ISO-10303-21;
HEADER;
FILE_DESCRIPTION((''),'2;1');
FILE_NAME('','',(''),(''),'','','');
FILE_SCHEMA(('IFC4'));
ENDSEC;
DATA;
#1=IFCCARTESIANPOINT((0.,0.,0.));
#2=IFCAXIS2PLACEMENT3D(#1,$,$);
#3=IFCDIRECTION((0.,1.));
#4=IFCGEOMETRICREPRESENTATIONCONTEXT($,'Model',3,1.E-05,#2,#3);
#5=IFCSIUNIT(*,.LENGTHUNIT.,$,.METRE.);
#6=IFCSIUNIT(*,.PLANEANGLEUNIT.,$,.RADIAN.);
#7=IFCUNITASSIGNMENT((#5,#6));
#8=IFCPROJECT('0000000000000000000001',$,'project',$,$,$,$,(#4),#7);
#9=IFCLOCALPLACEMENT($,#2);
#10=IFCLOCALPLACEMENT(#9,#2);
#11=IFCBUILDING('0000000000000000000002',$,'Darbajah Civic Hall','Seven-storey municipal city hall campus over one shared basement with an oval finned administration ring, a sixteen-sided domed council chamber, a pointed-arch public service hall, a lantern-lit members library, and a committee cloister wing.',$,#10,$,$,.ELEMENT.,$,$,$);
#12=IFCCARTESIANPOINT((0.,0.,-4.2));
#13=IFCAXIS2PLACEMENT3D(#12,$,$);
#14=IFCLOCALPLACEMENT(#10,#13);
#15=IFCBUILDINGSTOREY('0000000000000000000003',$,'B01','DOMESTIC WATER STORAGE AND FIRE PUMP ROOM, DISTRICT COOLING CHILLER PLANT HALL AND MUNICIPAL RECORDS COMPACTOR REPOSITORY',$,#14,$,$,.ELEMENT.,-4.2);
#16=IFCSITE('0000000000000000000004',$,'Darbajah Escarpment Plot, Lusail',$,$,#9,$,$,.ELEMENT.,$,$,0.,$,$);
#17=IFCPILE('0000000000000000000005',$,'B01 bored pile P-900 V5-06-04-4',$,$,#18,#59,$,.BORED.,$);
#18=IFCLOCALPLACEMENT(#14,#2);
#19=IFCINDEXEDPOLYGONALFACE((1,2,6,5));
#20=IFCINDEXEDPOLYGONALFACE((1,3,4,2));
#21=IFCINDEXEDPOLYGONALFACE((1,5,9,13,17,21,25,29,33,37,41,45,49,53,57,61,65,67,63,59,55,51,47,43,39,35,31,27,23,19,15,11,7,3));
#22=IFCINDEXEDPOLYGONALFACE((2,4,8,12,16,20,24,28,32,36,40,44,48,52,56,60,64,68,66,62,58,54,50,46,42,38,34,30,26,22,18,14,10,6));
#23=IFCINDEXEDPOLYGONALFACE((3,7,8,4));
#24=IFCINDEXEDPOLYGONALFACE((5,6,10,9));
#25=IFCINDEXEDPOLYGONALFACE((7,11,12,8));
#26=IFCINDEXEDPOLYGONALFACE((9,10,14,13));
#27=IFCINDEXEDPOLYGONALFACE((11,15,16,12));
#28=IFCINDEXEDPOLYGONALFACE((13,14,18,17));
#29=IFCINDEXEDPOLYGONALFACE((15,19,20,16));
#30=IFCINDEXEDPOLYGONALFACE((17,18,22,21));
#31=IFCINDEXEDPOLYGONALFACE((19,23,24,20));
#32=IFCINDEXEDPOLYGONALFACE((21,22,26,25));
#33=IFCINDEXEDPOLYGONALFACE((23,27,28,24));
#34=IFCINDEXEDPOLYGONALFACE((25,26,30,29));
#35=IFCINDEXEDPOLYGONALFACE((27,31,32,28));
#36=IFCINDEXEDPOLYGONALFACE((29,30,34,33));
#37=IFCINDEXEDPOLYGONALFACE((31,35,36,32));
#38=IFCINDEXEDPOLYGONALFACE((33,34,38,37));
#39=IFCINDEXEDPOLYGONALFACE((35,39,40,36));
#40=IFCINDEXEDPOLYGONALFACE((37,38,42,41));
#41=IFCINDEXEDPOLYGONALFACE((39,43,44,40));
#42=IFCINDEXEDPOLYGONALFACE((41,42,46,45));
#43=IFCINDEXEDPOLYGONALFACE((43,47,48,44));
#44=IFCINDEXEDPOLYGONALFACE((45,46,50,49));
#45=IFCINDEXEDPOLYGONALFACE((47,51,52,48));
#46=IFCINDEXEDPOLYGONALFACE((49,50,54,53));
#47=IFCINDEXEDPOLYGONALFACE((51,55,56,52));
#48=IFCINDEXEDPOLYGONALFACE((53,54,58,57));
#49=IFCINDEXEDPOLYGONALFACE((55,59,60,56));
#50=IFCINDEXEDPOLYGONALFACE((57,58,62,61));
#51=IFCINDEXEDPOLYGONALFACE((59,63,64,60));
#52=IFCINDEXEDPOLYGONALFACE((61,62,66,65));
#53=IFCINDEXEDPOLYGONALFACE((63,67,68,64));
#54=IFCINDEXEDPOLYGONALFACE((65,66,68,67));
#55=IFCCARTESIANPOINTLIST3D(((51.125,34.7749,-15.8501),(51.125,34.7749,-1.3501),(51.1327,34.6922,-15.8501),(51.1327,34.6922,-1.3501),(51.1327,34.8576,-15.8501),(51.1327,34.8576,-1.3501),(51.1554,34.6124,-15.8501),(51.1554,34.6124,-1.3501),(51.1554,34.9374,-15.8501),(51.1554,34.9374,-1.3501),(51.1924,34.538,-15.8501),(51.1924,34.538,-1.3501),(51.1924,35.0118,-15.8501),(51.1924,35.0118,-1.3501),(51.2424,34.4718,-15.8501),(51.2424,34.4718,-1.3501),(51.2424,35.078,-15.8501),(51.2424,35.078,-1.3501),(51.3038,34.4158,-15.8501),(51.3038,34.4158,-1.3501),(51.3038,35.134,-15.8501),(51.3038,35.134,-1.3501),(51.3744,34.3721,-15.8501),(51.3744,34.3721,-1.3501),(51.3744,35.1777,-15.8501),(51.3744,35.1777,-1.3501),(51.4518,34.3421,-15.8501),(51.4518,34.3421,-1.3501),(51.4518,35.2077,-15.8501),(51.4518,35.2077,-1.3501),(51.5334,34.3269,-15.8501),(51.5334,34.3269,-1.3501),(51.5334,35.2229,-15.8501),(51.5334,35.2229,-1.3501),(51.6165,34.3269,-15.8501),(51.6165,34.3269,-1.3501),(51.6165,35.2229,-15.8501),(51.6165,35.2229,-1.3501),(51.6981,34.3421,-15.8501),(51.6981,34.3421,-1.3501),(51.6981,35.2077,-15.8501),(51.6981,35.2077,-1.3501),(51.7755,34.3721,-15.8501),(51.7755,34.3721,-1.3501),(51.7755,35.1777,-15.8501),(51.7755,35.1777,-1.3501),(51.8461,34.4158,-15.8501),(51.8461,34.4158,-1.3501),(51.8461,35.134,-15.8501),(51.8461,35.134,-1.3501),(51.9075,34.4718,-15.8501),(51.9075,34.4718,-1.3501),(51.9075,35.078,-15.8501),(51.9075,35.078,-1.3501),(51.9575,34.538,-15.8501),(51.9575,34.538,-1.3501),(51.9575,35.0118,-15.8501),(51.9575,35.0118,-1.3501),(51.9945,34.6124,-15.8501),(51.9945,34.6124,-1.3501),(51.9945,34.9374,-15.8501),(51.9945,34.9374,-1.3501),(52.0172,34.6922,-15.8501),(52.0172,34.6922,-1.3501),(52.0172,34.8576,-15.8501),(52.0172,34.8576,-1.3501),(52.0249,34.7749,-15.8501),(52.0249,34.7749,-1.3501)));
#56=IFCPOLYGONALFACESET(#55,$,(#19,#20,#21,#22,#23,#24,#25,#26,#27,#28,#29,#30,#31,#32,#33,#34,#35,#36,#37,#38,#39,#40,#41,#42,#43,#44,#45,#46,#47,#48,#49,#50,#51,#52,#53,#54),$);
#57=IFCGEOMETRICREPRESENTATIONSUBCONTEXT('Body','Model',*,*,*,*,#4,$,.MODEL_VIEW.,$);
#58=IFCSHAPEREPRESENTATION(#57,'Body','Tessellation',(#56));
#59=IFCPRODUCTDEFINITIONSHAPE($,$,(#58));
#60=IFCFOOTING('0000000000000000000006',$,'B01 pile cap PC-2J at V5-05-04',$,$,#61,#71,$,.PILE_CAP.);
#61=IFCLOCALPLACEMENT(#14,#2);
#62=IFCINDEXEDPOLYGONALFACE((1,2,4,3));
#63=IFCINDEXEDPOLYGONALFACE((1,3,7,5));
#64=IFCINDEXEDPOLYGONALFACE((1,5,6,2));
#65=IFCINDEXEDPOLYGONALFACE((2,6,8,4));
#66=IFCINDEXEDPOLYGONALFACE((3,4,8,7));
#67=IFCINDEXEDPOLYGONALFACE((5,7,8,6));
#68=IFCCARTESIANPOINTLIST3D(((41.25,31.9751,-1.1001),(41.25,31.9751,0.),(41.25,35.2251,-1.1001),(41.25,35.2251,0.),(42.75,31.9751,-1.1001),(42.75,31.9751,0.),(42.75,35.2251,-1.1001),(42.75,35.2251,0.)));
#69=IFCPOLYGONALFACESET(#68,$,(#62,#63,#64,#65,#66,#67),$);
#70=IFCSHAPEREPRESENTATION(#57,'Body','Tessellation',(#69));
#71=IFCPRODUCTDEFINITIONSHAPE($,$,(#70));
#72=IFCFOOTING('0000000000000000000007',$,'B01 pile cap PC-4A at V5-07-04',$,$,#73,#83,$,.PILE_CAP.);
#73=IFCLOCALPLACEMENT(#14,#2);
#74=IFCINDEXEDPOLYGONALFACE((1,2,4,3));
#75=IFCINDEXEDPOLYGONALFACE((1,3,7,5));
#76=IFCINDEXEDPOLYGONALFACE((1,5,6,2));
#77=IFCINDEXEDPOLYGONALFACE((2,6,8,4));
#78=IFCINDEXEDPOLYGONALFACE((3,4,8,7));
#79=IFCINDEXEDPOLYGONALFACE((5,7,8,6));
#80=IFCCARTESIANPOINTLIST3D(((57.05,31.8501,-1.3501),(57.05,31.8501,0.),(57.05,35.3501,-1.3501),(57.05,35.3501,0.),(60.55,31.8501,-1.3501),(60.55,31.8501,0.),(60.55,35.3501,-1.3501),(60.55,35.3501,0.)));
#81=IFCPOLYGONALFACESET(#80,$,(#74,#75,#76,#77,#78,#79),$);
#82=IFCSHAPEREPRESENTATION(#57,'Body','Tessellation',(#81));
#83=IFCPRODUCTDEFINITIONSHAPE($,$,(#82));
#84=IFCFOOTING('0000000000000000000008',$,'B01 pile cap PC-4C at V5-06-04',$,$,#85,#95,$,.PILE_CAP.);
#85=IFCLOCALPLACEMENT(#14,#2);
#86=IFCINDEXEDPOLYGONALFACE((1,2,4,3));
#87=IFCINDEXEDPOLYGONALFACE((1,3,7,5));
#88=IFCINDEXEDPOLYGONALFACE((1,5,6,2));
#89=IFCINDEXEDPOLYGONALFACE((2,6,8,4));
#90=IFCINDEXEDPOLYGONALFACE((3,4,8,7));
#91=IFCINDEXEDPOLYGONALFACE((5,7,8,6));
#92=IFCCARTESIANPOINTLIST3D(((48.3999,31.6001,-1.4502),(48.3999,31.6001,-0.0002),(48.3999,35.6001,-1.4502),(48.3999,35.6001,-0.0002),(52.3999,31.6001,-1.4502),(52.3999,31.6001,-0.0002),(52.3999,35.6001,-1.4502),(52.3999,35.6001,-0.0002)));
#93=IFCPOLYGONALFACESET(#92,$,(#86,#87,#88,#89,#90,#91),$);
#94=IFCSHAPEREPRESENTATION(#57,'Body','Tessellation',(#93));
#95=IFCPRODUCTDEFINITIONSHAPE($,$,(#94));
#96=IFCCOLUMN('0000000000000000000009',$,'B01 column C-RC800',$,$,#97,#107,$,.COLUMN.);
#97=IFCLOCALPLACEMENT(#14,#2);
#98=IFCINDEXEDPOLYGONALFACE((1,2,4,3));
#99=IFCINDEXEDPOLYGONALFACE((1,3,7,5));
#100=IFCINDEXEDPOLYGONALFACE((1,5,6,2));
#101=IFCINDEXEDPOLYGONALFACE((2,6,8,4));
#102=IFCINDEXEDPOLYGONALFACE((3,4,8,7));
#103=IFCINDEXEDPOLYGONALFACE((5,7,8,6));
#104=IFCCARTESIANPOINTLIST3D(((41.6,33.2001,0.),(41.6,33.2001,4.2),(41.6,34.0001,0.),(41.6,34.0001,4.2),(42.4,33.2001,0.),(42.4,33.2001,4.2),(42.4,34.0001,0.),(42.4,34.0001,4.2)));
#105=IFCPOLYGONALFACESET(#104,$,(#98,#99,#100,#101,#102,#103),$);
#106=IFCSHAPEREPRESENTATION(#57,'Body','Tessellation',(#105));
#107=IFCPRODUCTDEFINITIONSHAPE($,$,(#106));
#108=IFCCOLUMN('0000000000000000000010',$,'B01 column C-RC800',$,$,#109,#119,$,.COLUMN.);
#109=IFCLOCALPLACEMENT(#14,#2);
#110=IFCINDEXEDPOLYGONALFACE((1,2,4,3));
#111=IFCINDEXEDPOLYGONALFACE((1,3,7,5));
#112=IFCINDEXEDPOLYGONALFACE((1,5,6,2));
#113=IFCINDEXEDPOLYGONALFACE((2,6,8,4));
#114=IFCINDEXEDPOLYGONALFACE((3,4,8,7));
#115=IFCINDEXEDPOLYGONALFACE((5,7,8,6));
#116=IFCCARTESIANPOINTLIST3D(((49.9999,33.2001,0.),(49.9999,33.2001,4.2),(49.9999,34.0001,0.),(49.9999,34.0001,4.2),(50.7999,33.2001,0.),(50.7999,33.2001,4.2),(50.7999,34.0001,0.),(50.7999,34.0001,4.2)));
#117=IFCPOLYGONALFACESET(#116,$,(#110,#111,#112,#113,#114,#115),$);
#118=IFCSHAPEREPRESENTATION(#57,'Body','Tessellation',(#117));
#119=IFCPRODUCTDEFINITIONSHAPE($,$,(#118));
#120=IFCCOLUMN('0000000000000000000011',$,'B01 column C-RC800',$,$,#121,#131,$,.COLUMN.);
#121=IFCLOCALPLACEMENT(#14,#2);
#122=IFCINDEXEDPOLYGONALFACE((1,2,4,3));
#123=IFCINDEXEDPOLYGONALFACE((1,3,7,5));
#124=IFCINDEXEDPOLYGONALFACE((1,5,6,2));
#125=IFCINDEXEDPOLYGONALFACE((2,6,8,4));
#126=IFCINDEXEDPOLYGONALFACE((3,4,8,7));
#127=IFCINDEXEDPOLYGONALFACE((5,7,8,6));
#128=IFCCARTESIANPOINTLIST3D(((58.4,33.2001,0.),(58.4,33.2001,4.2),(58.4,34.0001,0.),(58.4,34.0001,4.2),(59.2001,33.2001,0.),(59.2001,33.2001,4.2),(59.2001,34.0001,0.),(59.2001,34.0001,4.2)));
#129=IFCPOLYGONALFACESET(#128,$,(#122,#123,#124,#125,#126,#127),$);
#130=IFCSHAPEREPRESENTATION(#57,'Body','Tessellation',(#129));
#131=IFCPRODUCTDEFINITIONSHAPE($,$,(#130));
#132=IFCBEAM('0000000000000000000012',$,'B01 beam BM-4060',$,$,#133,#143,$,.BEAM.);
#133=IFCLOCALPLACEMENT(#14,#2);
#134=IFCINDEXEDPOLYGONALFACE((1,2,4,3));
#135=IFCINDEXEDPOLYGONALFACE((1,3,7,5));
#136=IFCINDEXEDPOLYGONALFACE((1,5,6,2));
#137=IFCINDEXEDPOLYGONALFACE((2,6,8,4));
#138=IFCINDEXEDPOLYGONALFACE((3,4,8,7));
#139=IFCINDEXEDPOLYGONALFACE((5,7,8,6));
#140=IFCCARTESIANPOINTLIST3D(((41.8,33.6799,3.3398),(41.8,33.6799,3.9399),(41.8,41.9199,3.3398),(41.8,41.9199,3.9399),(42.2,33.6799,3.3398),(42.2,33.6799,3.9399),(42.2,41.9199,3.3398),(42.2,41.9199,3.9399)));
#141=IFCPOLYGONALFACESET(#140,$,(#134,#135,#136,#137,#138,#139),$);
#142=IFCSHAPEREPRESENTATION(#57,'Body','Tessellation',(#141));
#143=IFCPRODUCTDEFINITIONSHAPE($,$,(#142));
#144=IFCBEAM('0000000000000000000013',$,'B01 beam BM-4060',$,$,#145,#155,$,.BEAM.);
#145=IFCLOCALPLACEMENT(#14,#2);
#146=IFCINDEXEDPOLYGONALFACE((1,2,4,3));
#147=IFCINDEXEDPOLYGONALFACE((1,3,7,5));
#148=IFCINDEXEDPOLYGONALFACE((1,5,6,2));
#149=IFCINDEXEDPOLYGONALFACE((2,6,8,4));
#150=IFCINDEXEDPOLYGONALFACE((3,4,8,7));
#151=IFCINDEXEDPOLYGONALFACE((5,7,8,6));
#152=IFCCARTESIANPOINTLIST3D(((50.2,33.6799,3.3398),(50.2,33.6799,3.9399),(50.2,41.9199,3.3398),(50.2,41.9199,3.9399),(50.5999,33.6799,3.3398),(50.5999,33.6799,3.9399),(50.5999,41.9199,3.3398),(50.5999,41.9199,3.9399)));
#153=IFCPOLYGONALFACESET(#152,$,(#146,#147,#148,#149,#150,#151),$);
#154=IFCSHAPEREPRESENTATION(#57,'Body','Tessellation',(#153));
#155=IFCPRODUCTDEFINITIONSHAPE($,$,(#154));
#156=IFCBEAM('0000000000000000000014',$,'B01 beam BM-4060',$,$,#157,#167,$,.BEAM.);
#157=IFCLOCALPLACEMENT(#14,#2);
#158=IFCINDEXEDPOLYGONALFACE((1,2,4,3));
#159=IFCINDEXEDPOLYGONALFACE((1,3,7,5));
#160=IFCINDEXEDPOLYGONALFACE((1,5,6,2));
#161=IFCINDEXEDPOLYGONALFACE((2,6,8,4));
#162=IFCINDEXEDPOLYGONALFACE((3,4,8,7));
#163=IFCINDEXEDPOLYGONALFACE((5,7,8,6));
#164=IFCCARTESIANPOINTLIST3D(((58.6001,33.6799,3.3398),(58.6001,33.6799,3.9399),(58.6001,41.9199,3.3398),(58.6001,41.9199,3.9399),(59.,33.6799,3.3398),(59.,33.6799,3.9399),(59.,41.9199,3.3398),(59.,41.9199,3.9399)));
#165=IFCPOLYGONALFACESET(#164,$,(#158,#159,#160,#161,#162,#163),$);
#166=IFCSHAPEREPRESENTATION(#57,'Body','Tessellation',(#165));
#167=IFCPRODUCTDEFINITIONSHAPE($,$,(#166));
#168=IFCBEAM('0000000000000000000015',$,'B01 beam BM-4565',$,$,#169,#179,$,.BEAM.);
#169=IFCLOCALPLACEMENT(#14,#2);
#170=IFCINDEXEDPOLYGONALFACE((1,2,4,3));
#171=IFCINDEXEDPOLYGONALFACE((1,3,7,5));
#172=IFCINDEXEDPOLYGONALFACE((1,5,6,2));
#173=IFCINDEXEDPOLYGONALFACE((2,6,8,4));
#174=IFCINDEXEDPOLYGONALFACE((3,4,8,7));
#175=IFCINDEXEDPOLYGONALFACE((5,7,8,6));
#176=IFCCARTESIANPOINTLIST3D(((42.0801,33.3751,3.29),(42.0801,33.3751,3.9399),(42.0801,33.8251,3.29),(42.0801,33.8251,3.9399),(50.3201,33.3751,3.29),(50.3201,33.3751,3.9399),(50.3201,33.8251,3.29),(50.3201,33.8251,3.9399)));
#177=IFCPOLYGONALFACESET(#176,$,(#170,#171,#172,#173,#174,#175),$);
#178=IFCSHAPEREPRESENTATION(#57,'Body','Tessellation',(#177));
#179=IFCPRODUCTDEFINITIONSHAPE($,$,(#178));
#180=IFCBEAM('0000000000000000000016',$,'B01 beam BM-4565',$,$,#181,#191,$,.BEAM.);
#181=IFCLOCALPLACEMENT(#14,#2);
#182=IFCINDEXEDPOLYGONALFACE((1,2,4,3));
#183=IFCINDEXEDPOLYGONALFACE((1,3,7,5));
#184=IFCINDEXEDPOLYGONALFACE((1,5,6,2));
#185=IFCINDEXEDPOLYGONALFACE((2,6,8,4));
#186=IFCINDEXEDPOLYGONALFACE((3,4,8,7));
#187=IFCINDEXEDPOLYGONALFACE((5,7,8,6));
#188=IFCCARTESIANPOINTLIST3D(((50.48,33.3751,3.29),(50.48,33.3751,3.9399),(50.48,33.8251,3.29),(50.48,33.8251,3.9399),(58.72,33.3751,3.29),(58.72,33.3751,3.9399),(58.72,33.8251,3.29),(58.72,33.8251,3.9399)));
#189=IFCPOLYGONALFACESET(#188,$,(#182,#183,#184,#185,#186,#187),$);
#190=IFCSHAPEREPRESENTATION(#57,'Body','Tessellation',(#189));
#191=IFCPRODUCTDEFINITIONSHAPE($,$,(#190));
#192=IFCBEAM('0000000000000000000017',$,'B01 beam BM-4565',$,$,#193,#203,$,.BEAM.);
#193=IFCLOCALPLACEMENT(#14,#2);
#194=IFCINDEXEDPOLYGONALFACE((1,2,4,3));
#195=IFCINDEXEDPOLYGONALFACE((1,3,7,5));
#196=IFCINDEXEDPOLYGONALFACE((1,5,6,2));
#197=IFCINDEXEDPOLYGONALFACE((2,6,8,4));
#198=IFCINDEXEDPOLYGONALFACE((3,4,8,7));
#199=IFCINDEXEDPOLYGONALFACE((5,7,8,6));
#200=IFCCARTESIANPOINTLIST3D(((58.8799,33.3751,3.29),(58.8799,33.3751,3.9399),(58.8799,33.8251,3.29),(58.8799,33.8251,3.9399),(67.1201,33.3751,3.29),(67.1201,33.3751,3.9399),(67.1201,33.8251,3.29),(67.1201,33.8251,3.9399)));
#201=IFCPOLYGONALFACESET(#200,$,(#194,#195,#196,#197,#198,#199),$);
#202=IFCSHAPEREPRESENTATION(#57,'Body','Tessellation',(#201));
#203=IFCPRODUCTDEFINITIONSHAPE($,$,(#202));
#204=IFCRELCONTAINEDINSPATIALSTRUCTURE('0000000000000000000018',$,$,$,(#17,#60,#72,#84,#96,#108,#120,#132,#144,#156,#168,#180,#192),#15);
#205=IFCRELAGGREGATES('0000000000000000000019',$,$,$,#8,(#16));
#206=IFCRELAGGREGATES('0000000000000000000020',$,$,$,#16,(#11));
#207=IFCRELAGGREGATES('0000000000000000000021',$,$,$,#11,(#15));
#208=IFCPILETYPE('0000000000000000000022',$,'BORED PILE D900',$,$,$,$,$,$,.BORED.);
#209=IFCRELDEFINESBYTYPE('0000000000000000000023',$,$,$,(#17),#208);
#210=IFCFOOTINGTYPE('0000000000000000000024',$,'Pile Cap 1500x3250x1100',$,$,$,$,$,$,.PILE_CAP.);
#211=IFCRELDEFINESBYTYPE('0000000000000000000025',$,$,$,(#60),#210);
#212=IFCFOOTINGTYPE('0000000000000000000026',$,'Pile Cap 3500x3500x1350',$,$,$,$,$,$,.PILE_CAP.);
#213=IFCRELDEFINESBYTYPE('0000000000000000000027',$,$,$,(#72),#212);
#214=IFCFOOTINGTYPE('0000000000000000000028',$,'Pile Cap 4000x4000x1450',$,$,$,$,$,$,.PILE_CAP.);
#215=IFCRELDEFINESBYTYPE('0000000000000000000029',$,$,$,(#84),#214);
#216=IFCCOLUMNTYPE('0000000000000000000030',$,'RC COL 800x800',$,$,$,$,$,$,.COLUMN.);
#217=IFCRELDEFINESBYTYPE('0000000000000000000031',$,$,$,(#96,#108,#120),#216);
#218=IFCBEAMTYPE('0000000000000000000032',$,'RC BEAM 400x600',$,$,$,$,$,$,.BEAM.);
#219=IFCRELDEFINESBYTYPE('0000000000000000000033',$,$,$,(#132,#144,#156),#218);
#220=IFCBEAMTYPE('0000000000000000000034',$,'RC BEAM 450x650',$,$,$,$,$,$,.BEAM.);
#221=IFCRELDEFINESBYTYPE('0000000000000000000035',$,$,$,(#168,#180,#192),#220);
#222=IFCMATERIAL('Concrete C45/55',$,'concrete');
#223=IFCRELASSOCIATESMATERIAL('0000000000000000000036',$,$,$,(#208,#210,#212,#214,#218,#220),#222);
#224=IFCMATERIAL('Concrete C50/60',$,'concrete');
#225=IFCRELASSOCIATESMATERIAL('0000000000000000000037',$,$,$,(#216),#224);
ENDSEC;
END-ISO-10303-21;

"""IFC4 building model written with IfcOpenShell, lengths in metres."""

from ifc_helpers import new_model, si_unit, direction, frame, origin, origin_2d, place, context, subcontext, project, spatial, rectangle, circle, extrude, material, material_profile, profile_set, type_object, element, save


model = new_model("IFC4")

# Units and contexts
model_context = context("Model", 3, precision=1e-05, world=origin(), true_north=direction((0.0, 1.0)))
body_context = subcontext(model_context, "Body", "Model", "MODEL_VIEW")
ifc_project = project(units=[si_unit("LENGTHUNIT", "METRE"), si_unit("PLANEANGLEUNIT", "RADIAN")], contexts=[model_context])

# Site, building, storey
site_placement = place(None, origin())
site = spatial("IfcSite", under=ifc_project, at=site_placement, Name="Darbajah Escarpment Plot, Lusail", CompositionType="ELEMENT", RefElevation=0.0)
building_placement = place(site_placement, origin())
building = spatial("IfcBuilding", under=site, at=building_placement, Name="Darbajah Civic Hall", Description="Seven-storey municipal city hall campus over one shared basement with an oval finned administration ring, a sixteen-sided domed council chamber, a pointed-arch public service hall, a lantern-lit members library, and a committee cloister wing.", CompositionType="ELEMENT")
storey_placement = place(building_placement, frame((0.0, 0.0, -4.2)))
storey = spatial("IfcBuildingStorey", under=building, at=storey_placement, Name="B01", Description="DOMESTIC WATER STORAGE AND FIRE PUMP ROOM, DISTRICT COOLING CHILLER PLANT HALL AND MUNICIPAL RECORDS COMPACTOR REPOSITORY", CompositionType="ELEMENT", Elevation=-4.2)

# Pile
ifc_material_1 = material(Name="Concrete C45/55", Category="concrete")
ifc_material_profile_1 = material_profile(ifc_material_1, circle(Radius=0.45, at=origin_2d()), Name="BORED PILE D900")
ifc_profile_set_1 = profile_set([ifc_material_profile_1], Name="Concrete C45/55")
pile_type_1 = type_object("IfcPileType", Name="BORED PILE D900", PredefinedType="BORED", material=ifc_profile_set_1)
for number, where, z_axis, x_axis, name in (
    (1, (51.575, 34.7749, -1.3501), (0.0, 0.0, -1.0), (1.0, 0.0, 0.0), "B01 bored pile P-900 V5-06-04-4"),
):
    element("IfcPile", number, at=place(storey_placement, frame(where, z_axis=z_axis, x_axis=x_axis)), inside=storey, type_object=pile_type_1, Name=name, PredefinedType="BORED", context=body_context, shape_type="SweptSolid", body=[
        extrude(circle(Radius=0.45, at=origin_2d()), origin(), (0.0, 0.0, 1.0), 14.5),
    ])

# Footings
footing_type_1 = type_object("IfcFootingType", Name="Pile Cap 1500x3250x1100", PredefinedType="PILE_CAP", material=ifc_material_1)
footing_1_placement = place(storey_placement, frame((42.0, 33.6001, -1.1001), z_axis=(0.0, 0.0, 1.0), x_axis=(1.0, 0.0, 0.0)))
element("IfcFooting", 2, at=footing_1_placement, inside=storey, type_object=footing_type_1, Name="B01 pile cap PC-2J at V5-05-04", PredefinedType="PILE_CAP", context=body_context, shape_type="SweptSolid", body=[
    extrude(rectangle(XDim=1.5, YDim=3.25, at=origin_2d()), origin(), (0.0, 0.0, 1.0), 1.1001),
])
footing_type_2 = type_object("IfcFootingType", Name="Pile Cap 3500x3500x1350", PredefinedType="PILE_CAP", material=ifc_material_1)
footing_2_placement = place(storey_placement, frame((58.8, 33.6001, -1.3501), z_axis=(0.0, 0.0, 1.0), x_axis=(1.0, 0.0, 0.0)))
element("IfcFooting", 3, at=footing_2_placement, inside=storey, type_object=footing_type_2, Name="B01 pile cap PC-4A at V5-07-04", PredefinedType="PILE_CAP", context=body_context, shape_type="SweptSolid", body=[
    extrude(rectangle(XDim=3.5, YDim=3.5, at=origin_2d()), origin(), (0.0, 0.0, 1.0), 1.3501),
])
footing_type_3 = type_object("IfcFootingType", Name="Pile Cap 4000x4000x1450", PredefinedType="PILE_CAP", material=ifc_material_1)
footing_3_placement = place(storey_placement, frame((50.3999, 33.6001, -1.4502), z_axis=(0.0, 0.0, 1.0), x_axis=(1.0, 0.0, 0.0)))
element("IfcFooting", 4, at=footing_3_placement, inside=storey, type_object=footing_type_3, Name="B01 pile cap PC-4C at V5-06-04", PredefinedType="PILE_CAP", context=body_context, shape_type="SweptSolid", body=[
    extrude(rectangle(XDim=4.0, YDim=4.0, at=origin_2d()), origin(), (0.0, 0.0, 1.0), 1.45),
])

# Columns
ifc_material_2 = material(Name="Concrete C50/60", Category="concrete")
ifc_material_profile_2 = material_profile(ifc_material_2, rectangle(XDim=0.8, YDim=0.8, at=origin_2d()), Name="RC COL 800x800")
ifc_profile_set_2 = profile_set([ifc_material_profile_2], Name="Concrete C50/60")
column_type = type_object("IfcColumnType", Name="RC COL 800x800", PredefinedType="COLUMN", material=ifc_profile_set_2)
for number, where, z_axis, x_axis, name in (
    (5, (42.0, 33.6001, 0.0), (0.0, 0.0, 1.0), (1.0, 0.0, 0.0), "B01 column C-RC800"),
    (6, (50.3999, 33.6001, 0.0), (0.0, 0.0, 1.0), (1.0, 0.0, 0.0), "B01 column C-RC800"),
    (7, (58.8, 33.6001, 0.0), (0.0, 0.0, 1.0), (1.0, 0.0, 0.0), "B01 column C-RC800"),
):
    element("IfcColumn", number, at=place(storey_placement, frame(where, z_axis=z_axis, x_axis=x_axis)), inside=storey, type_object=column_type, Name=name, PredefinedType="COLUMN", context=body_context, shape_type="SweptSolid", body=[
        extrude(rectangle(XDim=0.8, YDim=0.8, at=origin_2d()), origin(), (0.0, 0.0, 1.0), 4.2),
    ])

# Beams
ifc_material_profile_3 = material_profile(ifc_material_1, rectangle(XDim=0.3999, YDim=0.6001, at=origin_2d()), Name="RC BEAM 400x600")
ifc_profile_set_3 = profile_set([ifc_material_profile_3], Name="Concrete C45/55")
beam_type_1 = type_object("IfcBeamType", Name="RC BEAM 400x600", PredefinedType="BEAM", material=ifc_profile_set_3)
for number, where, z_axis, x_axis, name in (
    (8, (42.0, 33.6799, 3.6399), (0.0, 1.0, 0.0), (-1.0, 0.0, 0.0), "B01 beam BM-4060"),
    (9, (50.3999, 33.6799, 3.6399), (0.0, 1.0, 0.0), (-1.0, 0.0, 0.0), "B01 beam BM-4060"),
    (10, (58.8, 33.6799, 3.6399), (0.0, 1.0, 0.0), (-1.0, 0.0, 0.0), "B01 beam BM-4060"),
):
    element("IfcBeam", number, at=place(storey_placement, frame(where, z_axis=z_axis, x_axis=x_axis)), inside=storey, type_object=beam_type_1, Name=name, PredefinedType="BEAM", context=body_context, shape_type="SweptSolid", body=[
        extrude(rectangle(XDim=0.3999, YDim=0.6001, at=origin_2d()), origin(), (0.0, 0.0, 1.0), 8.24),
    ])
ifc_material_profile_4 = material_profile(ifc_material_1, rectangle(XDim=0.45, YDim=0.6499, at=origin_2d()), Name="RC BEAM 450x650")
ifc_profile_set_4 = profile_set([ifc_material_profile_4], Name="Concrete C45/55")
beam_type_2 = type_object("IfcBeamType", Name="RC BEAM 450x650", PredefinedType="BEAM", material=ifc_profile_set_4)
for number, where, z_axis, x_axis, name in (
    (11, (42.0801, 33.6001, 3.615), (1.0, 0.0, 0.0), (0.0, 1.0, 0.0), "B01 beam BM-4565"),
    (12, (50.48, 33.6001, 3.615), (1.0, 0.0, 0.0), (0.0, 1.0, 0.0), "B01 beam BM-4565"),
):
    element("IfcBeam", number, at=place(storey_placement, frame(where, z_axis=z_axis, x_axis=x_axis)), inside=storey, type_object=beam_type_2, Name=name, PredefinedType="BEAM", context=body_context, shape_type="SweptSolid", body=[
        extrude(rectangle(XDim=0.45, YDim=0.6499, at=origin_2d()), origin(), (0.0, 0.0, 1.0), 8.24),
    ])
beam_placement = place(storey_placement, frame((58.8799, 33.6001, 3.615), z_axis=(1.0, 0.0, 0.0), x_axis=(0.0, 1.0, 0.0)))
element("IfcBeam", 13, at=beam_placement, inside=storey, type_object=beam_type_2, Name="B01 beam BM-4565", PredefinedType="BEAM", context=body_context, shape_type="SweptSolid", body=[
    extrude(rectangle(XDim=0.45, YDim=0.6499, at=origin_2d()), origin(), (0.0, 0.0, 1.0), 8.2402),
])

save(model, "model.ifc")
